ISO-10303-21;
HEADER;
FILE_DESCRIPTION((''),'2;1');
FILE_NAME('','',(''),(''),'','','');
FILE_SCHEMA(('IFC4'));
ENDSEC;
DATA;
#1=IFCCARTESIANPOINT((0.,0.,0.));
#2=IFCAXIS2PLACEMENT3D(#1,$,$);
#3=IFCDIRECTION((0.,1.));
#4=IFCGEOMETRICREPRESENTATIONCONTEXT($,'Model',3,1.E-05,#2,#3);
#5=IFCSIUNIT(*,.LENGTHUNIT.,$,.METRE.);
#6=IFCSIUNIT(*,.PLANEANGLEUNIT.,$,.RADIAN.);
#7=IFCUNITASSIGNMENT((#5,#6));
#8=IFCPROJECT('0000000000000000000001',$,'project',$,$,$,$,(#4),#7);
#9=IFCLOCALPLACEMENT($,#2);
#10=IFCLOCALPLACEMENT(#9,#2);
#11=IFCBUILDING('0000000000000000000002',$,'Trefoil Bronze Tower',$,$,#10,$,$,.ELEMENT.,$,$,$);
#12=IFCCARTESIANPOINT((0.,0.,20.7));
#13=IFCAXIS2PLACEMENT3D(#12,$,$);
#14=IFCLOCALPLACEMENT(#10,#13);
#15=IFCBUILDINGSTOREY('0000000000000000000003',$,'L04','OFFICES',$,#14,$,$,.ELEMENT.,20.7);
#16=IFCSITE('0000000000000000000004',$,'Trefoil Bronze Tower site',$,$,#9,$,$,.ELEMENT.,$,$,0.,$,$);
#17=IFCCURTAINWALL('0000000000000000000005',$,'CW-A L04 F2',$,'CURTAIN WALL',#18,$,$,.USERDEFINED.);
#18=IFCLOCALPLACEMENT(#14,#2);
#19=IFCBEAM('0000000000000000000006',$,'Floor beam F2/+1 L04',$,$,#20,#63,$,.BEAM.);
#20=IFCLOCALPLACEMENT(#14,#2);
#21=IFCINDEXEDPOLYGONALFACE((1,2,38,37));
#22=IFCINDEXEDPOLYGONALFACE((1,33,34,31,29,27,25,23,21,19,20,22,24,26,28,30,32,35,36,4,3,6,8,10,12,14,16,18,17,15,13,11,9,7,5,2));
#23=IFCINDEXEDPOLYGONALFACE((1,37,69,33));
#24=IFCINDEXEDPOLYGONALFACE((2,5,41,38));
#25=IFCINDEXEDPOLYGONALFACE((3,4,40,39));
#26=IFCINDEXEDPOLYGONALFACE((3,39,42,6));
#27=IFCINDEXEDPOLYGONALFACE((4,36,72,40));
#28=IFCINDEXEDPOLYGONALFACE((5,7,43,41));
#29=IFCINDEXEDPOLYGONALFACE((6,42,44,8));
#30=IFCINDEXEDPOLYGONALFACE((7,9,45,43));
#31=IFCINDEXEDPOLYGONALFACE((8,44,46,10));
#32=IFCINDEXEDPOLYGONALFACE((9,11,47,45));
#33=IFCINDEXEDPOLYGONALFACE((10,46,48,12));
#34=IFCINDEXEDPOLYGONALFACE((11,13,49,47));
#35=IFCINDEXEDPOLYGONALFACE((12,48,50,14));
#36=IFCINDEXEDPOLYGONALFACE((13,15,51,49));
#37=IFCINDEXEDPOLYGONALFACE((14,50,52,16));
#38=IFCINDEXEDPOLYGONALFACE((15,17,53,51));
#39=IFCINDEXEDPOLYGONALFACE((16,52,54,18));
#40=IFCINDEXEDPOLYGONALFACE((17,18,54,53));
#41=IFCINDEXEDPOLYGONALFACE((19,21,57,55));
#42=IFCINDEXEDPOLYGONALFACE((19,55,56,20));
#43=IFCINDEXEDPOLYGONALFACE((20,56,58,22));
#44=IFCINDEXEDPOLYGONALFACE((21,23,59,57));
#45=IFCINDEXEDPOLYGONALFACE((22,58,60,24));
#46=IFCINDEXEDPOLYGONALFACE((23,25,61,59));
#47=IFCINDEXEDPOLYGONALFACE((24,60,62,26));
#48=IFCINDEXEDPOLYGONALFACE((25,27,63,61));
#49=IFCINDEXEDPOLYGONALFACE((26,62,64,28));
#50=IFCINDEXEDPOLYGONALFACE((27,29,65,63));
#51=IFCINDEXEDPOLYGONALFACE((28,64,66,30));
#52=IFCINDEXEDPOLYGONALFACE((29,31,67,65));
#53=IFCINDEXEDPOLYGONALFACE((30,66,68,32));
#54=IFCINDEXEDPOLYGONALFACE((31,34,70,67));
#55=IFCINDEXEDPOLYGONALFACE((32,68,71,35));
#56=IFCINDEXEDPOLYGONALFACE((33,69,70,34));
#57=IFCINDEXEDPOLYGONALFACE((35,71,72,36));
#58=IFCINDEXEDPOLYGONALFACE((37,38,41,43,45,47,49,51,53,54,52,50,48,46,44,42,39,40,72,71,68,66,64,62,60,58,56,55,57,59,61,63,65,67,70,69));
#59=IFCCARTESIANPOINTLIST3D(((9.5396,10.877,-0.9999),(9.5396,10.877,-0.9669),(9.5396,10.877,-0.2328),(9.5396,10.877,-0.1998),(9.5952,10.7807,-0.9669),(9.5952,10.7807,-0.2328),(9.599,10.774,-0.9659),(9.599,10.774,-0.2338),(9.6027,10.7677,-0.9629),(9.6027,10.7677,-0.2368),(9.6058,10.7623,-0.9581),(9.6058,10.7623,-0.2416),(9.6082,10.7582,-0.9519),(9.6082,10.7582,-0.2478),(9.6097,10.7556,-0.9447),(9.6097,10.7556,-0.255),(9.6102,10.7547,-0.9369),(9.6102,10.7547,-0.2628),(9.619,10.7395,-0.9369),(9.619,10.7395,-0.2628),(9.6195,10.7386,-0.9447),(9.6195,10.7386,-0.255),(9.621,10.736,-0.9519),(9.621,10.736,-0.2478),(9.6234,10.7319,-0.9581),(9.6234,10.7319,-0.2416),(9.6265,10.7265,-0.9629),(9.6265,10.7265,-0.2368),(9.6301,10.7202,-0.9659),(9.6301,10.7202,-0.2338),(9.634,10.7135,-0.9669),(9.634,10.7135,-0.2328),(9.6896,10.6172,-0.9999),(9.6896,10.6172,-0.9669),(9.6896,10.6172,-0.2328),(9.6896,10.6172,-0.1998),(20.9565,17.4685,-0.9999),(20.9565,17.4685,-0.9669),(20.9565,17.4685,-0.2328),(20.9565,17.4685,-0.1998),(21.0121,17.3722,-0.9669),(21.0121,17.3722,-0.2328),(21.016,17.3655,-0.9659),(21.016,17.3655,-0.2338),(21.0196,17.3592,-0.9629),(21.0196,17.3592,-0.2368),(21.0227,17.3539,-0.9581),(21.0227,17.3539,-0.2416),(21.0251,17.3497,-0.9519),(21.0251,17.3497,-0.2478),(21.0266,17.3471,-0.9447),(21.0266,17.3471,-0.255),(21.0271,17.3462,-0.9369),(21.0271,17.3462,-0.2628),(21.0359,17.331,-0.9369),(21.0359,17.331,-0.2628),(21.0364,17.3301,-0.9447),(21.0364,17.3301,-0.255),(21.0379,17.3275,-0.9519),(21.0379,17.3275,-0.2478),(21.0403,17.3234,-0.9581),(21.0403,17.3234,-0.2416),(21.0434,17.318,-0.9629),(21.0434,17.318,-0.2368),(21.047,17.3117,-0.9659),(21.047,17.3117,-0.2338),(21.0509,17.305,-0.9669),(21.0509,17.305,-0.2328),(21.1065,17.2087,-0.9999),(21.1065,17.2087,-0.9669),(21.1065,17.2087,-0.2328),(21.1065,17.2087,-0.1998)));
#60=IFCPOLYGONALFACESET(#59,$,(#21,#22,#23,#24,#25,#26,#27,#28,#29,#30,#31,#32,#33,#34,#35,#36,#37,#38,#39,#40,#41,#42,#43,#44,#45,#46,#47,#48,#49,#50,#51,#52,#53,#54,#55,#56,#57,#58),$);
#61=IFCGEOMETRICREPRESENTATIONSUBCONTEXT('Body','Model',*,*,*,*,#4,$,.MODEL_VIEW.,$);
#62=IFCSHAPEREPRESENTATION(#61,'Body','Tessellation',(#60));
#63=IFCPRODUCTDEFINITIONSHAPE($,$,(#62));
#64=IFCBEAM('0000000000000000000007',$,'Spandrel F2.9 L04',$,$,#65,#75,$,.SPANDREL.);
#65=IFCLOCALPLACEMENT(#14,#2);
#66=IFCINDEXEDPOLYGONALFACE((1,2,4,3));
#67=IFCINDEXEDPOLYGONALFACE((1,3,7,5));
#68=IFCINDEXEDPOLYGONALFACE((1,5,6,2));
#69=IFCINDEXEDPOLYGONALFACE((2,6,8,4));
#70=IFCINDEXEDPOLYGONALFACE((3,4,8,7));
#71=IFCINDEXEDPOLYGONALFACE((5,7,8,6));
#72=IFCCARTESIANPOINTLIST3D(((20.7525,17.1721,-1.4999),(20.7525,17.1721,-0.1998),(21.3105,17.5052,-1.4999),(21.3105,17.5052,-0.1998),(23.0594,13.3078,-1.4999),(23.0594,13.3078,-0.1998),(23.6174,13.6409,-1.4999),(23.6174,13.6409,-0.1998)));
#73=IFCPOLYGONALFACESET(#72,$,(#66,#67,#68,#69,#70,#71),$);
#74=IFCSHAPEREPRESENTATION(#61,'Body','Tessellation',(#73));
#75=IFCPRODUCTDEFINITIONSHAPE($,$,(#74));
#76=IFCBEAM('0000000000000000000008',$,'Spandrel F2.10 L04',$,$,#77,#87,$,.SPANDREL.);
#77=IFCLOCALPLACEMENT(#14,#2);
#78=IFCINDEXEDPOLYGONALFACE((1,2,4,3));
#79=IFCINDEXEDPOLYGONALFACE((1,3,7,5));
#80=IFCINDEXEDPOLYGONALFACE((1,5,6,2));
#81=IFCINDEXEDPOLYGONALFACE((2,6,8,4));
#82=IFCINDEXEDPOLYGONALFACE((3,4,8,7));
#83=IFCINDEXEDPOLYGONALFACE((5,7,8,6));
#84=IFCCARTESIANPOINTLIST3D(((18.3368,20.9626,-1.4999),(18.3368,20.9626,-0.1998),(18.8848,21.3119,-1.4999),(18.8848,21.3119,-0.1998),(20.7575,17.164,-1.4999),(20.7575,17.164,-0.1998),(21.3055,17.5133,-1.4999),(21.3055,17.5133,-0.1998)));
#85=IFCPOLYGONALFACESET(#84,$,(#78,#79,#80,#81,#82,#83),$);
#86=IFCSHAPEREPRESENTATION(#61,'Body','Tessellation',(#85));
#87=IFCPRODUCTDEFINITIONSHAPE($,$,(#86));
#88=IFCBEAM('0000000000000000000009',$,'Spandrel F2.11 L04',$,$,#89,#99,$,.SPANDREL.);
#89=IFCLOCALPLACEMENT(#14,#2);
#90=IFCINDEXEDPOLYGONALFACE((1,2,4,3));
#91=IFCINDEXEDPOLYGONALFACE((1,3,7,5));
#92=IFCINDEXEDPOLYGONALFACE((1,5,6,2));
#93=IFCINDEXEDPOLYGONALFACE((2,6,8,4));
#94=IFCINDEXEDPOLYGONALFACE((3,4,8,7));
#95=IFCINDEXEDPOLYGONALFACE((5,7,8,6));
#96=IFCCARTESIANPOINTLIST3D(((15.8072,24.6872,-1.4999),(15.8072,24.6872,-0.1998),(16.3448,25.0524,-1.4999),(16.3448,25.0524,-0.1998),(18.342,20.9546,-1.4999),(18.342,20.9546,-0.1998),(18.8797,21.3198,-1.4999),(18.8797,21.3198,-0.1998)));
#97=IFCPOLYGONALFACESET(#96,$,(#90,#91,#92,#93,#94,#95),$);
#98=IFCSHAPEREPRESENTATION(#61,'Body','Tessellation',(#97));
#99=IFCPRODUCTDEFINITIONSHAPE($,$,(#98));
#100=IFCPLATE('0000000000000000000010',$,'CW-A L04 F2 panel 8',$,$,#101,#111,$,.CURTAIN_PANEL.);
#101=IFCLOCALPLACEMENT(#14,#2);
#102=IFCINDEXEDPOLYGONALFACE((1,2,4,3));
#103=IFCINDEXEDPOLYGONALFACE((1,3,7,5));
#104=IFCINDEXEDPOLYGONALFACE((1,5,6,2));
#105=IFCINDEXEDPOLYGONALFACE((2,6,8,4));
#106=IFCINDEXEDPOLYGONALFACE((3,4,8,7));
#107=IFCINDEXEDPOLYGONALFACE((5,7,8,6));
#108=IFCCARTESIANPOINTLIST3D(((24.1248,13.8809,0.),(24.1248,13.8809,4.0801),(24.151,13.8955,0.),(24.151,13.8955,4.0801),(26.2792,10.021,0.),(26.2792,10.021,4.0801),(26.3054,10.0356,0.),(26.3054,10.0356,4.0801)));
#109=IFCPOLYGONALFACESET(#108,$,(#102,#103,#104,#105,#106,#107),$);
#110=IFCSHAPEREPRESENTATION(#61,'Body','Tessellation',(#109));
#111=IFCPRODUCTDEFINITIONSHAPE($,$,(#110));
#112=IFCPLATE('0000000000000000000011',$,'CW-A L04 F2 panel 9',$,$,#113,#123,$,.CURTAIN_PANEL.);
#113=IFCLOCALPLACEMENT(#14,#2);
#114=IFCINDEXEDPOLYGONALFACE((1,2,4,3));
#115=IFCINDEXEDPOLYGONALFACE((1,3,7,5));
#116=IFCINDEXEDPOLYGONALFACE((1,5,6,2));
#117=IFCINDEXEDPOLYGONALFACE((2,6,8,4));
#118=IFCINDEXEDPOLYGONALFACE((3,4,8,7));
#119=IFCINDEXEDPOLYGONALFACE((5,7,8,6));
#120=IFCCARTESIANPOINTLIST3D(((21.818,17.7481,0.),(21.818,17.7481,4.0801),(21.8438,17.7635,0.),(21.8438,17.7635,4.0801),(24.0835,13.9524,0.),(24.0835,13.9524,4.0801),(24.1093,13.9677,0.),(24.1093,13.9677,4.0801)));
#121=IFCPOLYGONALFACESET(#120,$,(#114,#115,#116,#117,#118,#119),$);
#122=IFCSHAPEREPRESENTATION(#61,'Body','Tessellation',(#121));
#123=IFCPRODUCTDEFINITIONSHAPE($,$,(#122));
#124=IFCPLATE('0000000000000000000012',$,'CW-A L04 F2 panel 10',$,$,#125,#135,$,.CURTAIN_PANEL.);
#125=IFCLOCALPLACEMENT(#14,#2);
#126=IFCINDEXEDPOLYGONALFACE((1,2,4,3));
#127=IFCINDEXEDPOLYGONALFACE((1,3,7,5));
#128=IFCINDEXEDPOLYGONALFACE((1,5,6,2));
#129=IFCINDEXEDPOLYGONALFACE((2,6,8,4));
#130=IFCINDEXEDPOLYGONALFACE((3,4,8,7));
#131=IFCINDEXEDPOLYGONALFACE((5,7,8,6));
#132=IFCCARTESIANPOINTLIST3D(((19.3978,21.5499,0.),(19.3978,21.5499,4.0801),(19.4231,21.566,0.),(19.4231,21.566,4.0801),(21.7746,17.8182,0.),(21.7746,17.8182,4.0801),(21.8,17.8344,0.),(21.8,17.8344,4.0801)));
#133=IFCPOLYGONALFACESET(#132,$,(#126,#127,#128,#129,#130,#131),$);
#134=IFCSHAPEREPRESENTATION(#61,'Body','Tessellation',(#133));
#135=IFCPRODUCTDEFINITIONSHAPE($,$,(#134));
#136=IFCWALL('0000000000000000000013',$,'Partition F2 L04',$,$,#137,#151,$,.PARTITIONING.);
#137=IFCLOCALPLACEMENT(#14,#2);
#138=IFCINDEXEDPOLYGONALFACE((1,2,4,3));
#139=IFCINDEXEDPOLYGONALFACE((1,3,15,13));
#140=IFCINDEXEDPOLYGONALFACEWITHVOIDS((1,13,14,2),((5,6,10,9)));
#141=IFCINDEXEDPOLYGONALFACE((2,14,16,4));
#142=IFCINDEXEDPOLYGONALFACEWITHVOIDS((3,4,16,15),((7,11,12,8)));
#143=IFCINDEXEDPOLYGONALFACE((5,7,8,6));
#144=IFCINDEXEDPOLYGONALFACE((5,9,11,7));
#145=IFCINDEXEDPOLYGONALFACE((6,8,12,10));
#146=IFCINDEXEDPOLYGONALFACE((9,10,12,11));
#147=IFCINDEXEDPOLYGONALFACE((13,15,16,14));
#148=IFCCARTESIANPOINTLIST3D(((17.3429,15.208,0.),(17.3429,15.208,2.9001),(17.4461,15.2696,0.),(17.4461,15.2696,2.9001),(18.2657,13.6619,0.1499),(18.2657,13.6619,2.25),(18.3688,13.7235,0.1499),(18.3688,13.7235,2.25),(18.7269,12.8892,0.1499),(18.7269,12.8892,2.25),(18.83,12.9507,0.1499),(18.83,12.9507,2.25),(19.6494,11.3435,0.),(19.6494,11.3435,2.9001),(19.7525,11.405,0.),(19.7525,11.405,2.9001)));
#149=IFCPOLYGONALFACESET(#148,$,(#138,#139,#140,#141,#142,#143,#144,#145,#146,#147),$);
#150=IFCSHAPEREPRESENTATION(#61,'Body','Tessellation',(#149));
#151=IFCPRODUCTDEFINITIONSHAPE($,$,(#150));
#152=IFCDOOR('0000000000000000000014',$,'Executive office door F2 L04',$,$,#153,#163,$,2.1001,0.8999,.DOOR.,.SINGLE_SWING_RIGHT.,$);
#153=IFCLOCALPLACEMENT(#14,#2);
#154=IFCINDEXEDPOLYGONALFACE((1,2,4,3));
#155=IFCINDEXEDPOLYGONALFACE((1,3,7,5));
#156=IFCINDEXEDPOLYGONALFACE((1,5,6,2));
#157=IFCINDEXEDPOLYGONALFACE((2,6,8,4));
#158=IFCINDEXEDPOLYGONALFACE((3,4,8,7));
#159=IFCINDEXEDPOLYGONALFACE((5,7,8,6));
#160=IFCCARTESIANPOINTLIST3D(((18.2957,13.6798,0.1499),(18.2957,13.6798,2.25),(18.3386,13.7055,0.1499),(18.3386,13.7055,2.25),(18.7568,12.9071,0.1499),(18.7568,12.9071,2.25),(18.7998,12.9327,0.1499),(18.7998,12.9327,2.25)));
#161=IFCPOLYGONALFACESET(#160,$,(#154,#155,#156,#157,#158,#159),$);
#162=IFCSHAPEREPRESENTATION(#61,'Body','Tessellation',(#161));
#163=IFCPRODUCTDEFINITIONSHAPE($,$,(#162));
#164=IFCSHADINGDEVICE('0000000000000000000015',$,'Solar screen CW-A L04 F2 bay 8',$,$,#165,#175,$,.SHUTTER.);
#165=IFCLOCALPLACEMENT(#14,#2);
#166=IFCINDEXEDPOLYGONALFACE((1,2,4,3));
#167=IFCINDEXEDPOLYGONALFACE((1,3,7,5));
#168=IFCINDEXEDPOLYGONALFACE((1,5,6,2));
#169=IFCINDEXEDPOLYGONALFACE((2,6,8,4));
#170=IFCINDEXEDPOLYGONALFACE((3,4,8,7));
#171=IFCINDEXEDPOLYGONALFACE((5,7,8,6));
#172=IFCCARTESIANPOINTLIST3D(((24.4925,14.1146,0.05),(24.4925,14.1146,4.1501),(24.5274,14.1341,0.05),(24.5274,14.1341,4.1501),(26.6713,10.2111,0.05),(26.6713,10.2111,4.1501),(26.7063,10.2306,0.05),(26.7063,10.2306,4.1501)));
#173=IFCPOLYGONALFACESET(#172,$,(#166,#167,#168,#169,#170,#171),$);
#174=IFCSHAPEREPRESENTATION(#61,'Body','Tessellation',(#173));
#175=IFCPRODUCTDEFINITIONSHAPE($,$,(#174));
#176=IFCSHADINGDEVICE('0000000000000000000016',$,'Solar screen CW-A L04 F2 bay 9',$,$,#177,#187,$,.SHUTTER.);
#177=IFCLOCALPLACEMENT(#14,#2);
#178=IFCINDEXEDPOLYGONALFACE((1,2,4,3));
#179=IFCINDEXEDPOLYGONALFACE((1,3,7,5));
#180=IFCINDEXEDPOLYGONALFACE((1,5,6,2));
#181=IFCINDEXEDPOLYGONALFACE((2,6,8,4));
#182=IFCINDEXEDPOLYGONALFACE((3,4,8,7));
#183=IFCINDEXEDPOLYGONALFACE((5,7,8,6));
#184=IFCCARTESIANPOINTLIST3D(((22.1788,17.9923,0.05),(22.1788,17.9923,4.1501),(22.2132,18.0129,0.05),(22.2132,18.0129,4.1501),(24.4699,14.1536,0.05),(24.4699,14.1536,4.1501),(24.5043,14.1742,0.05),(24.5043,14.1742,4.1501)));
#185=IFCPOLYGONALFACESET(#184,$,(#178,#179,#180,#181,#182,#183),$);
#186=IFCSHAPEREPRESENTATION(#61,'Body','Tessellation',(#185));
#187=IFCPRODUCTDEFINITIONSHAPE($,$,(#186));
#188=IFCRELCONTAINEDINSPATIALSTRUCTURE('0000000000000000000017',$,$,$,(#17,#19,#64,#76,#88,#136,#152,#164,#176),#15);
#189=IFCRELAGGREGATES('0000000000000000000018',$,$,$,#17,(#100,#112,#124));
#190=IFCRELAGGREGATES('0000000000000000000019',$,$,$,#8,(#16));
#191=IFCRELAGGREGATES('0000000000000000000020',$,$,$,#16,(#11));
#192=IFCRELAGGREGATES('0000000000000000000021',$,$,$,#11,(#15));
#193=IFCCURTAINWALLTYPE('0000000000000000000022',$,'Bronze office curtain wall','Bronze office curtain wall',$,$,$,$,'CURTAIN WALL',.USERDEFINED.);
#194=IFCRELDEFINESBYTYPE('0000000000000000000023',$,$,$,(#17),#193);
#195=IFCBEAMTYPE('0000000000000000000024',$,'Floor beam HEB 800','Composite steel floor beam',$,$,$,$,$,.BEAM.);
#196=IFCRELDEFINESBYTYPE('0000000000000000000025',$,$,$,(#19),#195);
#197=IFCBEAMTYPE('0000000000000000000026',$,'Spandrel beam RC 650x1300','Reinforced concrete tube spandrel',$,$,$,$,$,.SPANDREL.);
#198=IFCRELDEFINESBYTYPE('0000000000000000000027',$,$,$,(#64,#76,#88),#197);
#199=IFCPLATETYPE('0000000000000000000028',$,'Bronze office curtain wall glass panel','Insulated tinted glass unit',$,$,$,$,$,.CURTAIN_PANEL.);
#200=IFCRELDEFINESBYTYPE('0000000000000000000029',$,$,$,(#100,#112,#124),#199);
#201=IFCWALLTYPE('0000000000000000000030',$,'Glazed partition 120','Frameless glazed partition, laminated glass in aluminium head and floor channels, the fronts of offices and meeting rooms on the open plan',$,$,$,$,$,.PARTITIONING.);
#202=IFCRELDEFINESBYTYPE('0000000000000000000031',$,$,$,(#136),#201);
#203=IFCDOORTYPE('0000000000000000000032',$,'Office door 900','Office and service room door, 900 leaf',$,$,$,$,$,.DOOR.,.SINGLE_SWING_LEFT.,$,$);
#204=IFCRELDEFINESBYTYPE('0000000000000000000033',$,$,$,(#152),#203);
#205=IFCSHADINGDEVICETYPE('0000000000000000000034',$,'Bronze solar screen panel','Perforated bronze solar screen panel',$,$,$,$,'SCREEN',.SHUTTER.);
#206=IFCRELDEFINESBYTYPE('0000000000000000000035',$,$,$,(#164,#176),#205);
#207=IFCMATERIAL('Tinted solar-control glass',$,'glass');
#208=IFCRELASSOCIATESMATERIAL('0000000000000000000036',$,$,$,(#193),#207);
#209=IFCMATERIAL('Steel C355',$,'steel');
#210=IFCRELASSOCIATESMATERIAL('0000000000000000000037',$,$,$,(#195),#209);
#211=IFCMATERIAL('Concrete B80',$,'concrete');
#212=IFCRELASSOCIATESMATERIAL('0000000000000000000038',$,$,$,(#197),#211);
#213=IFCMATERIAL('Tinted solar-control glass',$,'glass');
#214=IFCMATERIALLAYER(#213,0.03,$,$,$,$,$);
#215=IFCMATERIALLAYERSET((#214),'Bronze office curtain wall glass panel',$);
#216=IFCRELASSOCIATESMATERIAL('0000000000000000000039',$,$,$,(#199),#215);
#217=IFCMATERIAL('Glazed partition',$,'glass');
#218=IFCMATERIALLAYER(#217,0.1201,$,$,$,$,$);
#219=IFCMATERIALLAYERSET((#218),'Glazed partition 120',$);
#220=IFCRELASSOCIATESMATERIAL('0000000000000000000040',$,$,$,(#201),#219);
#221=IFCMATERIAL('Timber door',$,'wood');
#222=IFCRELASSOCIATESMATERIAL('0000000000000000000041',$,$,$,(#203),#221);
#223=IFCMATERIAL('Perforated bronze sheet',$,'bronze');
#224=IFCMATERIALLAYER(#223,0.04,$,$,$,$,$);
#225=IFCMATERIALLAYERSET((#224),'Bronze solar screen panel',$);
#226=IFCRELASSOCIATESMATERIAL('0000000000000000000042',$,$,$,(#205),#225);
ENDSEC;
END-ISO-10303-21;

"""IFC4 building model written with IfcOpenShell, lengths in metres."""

from ifc_helpers import new_model, si_unit, direction, frame, frame_2d, origin, origin_2d, place, context, subcontext, project, spatial, rectangle, i_section, extrude, material, layer, layer_set, material_profile, profile_set, type_object, element, fill, aggregate, save


model = new_model("IFC4")

# Units and contexts
model_context = context("Model", 3, precision=1e-05, world=origin(), true_north=direction((0.0, 1.0)))
body_context = subcontext(model_context, "Body", "Model", "MODEL_VIEW")
ifc_project = project(units=[si_unit("LENGTHUNIT", "METRE"), si_unit("PLANEANGLEUNIT", "RADIAN")], contexts=[model_context])

# Site, building, storey
site_placement = place(None, origin())
site = spatial("IfcSite", under=ifc_project, at=site_placement, Name="Trefoil Bronze Tower site", CompositionType="ELEMENT", RefElevation=0.0)
building_placement = place(site_placement, origin())
building = spatial("IfcBuilding", under=site, at=building_placement, Name="Trefoil Bronze Tower", CompositionType="ELEMENT")
storey_placement = place(building_placement, frame((0.0, 0.0, 20.7)))
storey = spatial("IfcBuildingStorey", under=building, at=storey_placement, Name="L04", Description="OFFICES", CompositionType="ELEMENT", Elevation=20.7)

# Curtain wall
ifc_material_1 = material(Name="Tinted solar-control glass", Category="glass")
curtain_wall_type = type_object("IfcCurtainWallType", Name="Bronze office curtain wall", Description="Bronze office curtain wall", ElementType="CURTAIN WALL", PredefinedType="USERDEFINED", material=ifc_material_1)
curtain_wall_placement = place(storey_placement, origin())
curtain_wall = element("IfcCurtainWall", 1, at=curtain_wall_placement, inside=storey, type_object=curtain_wall_type, Name="CW-A L04 F2", ObjectType="CURTAIN WALL", PredefinedType="USERDEFINED")

# Beams
ifc_material_2 = material(Name="Steel C355", Category="steel")
ifc_material_profile_1 = material_profile(ifc_material_2, i_section(OverallWidth=0.3, OverallDepth=0.8, WebThickness=0.0176, FlangeThickness=0.033, FilletRadius=0.03, at=origin_2d()), Name="HEB 800")
ifc_profile_set_1 = profile_set([ifc_material_profile_1], Name="Steel C355")
beam_type_1 = type_object("IfcBeamType", Name="Floor beam HEB 800", Description="Composite steel floor beam", PredefinedType="BEAM", material=ifc_profile_set_1)
beam_1_placement = place(storey_placement, frame((21.0315, 17.3386, -0.5999), z_axis=(-0.866027, -0.499997, 0.0), x_axis=(0.499997, -0.866027, 0.0)))
element("IfcBeam", 2, at=beam_1_placement, inside=storey, type_object=beam_type_1, Name="Floor beam F2/+1 L04", PredefinedType="BEAM", context=body_context, shape_type="SweptSolid", body=[
    extrude(i_section(OverallWidth=0.3, OverallDepth=0.8, WebThickness=0.0176, FlangeThickness=0.033, FilletRadius=0.03, at=origin_2d()), origin(), (0.0, 0.0, 1.0), 13.1831),
])
ifc_material_3 = material(Name="Concrete B80", Category="concrete")
ifc_material_profile_2 = material_profile(ifc_material_3, rectangle(XDim=0.6499, YDim=1.3, at=origin_2d()), Name="RC 650x1300")
ifc_profile_set_2 = profile_set([ifc_material_profile_2], Name="Concrete B80")
beam_type_2 = type_object("IfcBeamType", Name="Spandrel beam RC 650x1300", Description="Reinforced concrete tube spandrel", PredefinedType="SPANDREL", material=ifc_profile_set_2)
beam_2_placement = place(storey_placement, frame((23.3384, 13.4744, -0.8499), z_axis=(-0.512588, 0.858635, 0.0), x_axis=(-0.858635, -0.512588, 0.0)))
element("IfcBeam", 3, at=beam_2_placement, inside=storey, type_object=beam_type_2, Name="Spandrel F2.9 L04", PredefinedType="SPANDREL", context=body_context, shape_type="SweptSolid", body=[
    extrude(rectangle(XDim=0.6499, YDim=1.3, at=origin_2d()), origin(), (0.0, 0.0, 1.0), 4.5005),
])
beam_3_placement = place(storey_placement, frame((21.0315, 17.3386, -0.8499), z_axis=(-0.537408, 0.843322, 0.0), x_axis=(-0.843322, -0.537408, 0.0)))
element("IfcBeam", 4, at=beam_3_placement, inside=storey, type_object=beam_type_2, Name="Spandrel F2.10 L04", PredefinedType="SPANDREL", context=body_context, shape_type="SweptSolid", body=[
    extrude(rectangle(XDim=0.6499, YDim=1.3, at=origin_2d()), origin(), (0.0, 0.0, 1.0), 4.5044),
])
beam_4_placement = place(storey_placement, frame((18.6108, 21.1372, -0.8499), z_axis=(-0.56181, 0.827267, 0.0), x_axis=(-0.827267, -0.56181, 0.0)))
element("IfcBeam", 5, at=beam_4_placement, inside=storey, type_object=beam_type_2, Name="Spandrel F2.11 L04", PredefinedType="SPANDREL", context=body_context, shape_type="SweptSolid", body=[
    extrude(rectangle(XDim=0.6499, YDim=1.3, at=origin_2d()), origin(), (0.0, 0.0, 1.0), 4.512),
])

# Plates
ifc_material_4 = material(Name="Tinted solar-control glass", Category="glass")
ifc_layer_1 = layer(ifc_material_4, 0.03)
ifc_layer_set_1 = layer_set([ifc_layer_1], Name="Bronze office curtain wall glass panel")
plate_type = type_object("IfcPlateType", Name="Bronze office curtain wall glass panel", Description="Insulated tinted glass unit", PredefinedType="CURTAIN_PANEL", material=ifc_layer_set_1)
plate_1_placement = place(storey_placement, frame((25.2151, 11.9583, 0.0), z_axis=(0.0, 0.0, 1.0), x_axis=(-0.487382, 0.873189, 0.0)))
plate_1 = element("IfcPlate", 6, at=plate_1_placement, type_object=plate_type, Name="CW-A L04 F2 panel 8", PredefinedType="CURTAIN_PANEL", context=body_context, shape_type="SweptSolid", body=[
    extrude(rectangle(XDim=4.4204, YDim=0.03, at=origin_2d()), origin(), (0.0, 0.0, 1.0), 4.0801),
])
plate_2_placement = place(storey_placement, frame((22.9636, 15.8579, 0.0), z_axis=(0.0, 0.0, 1.0), x_axis=(-0.512513, 0.85868, 0.0)))
plate_2 = element("IfcPlate", 7, at=plate_2_placement, type_object=plate_type, Name="CW-A L04 F2 panel 9", PredefinedType="CURTAIN_PANEL", context=body_context, shape_type="SweptSolid", body=[
    extrude(rectangle(XDim=4.4204, YDim=0.03, at=origin_2d()), origin(), (0.0, 0.0, 1.0), 4.0801),
])
plate_3_placement = place(storey_placement, frame((20.5989, 19.6921, 0.0), z_axis=(0.0, 0.0, 1.0), x_axis=(-0.537222, 0.843441, 0.0)))
plate_3 = element("IfcPlate", 8, at=plate_3_placement, type_object=plate_type, Name="CW-A L04 F2 panel 10", PredefinedType="CURTAIN_PANEL", context=body_context, shape_type="SweptSolid", body=[
    extrude(rectangle(XDim=4.4243, YDim=0.03, at=origin_2d()), origin(), (0.0, 0.0, 1.0), 4.0801),
])
aggregate(curtain_wall, [plate_1, plate_2, plate_3])

# Wall, opening, door
ifc_material_5 = material(Name="Glazed partition", Category="glass")
ifc_layer_2 = layer(ifc_material_5, 0.1201)
ifc_layer_set_2 = layer_set([ifc_layer_2], Name="Glazed partition 120")
wall_type = type_object("IfcWallType", Name="Glazed partition 120", Description="Frameless glazed partition, laminated glass in aluminium head and floor channels, the fronts of offices and meeting rooms on the open plan", PredefinedType="PARTITIONING", material=ifc_layer_set_2)
wall_placement = place(storey_placement, frame((19.7009, 11.3743, 0.0), z_axis=(0.0, 0.0, 1.0), x_axis=(-0.512484, 0.858697, 0.0)))
wall = element("IfcWall", 9, at=wall_placement, inside=storey, type_object=wall_type, Name="Partition F2 L04", PredefinedType="PARTITIONING", context=body_context, shape_type="SweptSolid", body=[
    extrude(rectangle(XDim=4.5005, YDim=0.1201, at=frame_2d((2.2502, 0.0))), origin(), (0.0, 0.0, 1.0), 2.9001),
])
opening_placement = place(wall_placement, frame((1.8, 0.0, 0.1499)))
opening = element("IfcOpeningElement", 10, at=opening_placement, cuts=wall, PredefinedType="OPENING", context=body_context, shape_type="SweptSolid", body=[
    extrude(rectangle(XDim=0.8999, YDim=2.1001, at=frame_2d((0.45, 1.05))), frame((0.0, 0.0701, 0.0), z_axis=(0.0, -1.0, 0.0), x_axis=(1.0, 0.0, 0.0)), (0.0, 0.0, 1.0), 0.1401),
])
ifc_material_6 = material(Name="Timber door", Category="wood")
door_type = type_object("IfcDoorType", Name="Office door 900", Description="Office and service room door, 900 leaf", OperationType="SINGLE_SWING_LEFT", PredefinedType="DOOR", material=ifc_material_6)
door_placement = place(opening_placement, frame((0.8999, 0.0, 0.0), z_axis=(0.0, 0.0, 1.0), x_axis=(-1.0, 0.0, 0.0)))
door = element("IfcDoor", 11, at=door_placement, inside=storey, type_object=door_type, Name="Executive office door F2 L04", OperationType="SINGLE_SWING_RIGHT", OverallHeight=2.1001, OverallWidth=0.8999, PredefinedType="DOOR", context=body_context, shape_type="SweptSolid", body=[
    extrude(rectangle(XDim=0.8999, YDim=2.1001, at=frame_2d((0.45, 1.05))), frame((0.0, 0.0249, 0.0), z_axis=(0.0, -1.0, 0.0), x_axis=(1.0, 0.0, 0.0)), (0.0, 0.0, 1.0), 0.05),
])
fill(opening, door)

# Shading devices
ifc_material_7 = material(Name="Perforated bronze sheet", Category="bronze")
ifc_layer_3 = layer(ifc_material_7, 0.04)
ifc_layer_set_3 = layer_set([ifc_layer_3], Name="Bronze solar screen panel")
shading_device_type = type_object("IfcShadingDeviceType", Name="Bronze solar screen panel", Description="Perforated bronze solar screen panel", ElementType="SCREEN", PredefinedType="SHUTTER", material=ifc_layer_set_3)
for number, where, z_axis, x_axis, name in (
    (12, (25.5994, 12.1726, 0.05), (0.0, 0.0, 1.0), (-0.487382, 0.873189, 0.0), "Solar screen CW-A L04 F2 bay 8"),
    (13, (23.3416, 16.0833, 0.05), (0.0, 0.0, 1.0), (-0.512513, 0.85868, 0.0), "Solar screen CW-A L04 F2 bay 9"),
):
    element("IfcShadingDevice", number, at=place(storey_placement, frame(where, z_axis=z_axis, x_axis=x_axis)), inside=storey, type_object=shading_device_type, Name=name, PredefinedType="SHUTTER", context=body_context, shape_type="SweptSolid", body=[
        extrude(rectangle(XDim=4.4705, YDim=0.04, at=origin_2d()), origin(), (0.0, 0.0, 1.0), 4.1001),
    ])

save(model, "model.ifc")
